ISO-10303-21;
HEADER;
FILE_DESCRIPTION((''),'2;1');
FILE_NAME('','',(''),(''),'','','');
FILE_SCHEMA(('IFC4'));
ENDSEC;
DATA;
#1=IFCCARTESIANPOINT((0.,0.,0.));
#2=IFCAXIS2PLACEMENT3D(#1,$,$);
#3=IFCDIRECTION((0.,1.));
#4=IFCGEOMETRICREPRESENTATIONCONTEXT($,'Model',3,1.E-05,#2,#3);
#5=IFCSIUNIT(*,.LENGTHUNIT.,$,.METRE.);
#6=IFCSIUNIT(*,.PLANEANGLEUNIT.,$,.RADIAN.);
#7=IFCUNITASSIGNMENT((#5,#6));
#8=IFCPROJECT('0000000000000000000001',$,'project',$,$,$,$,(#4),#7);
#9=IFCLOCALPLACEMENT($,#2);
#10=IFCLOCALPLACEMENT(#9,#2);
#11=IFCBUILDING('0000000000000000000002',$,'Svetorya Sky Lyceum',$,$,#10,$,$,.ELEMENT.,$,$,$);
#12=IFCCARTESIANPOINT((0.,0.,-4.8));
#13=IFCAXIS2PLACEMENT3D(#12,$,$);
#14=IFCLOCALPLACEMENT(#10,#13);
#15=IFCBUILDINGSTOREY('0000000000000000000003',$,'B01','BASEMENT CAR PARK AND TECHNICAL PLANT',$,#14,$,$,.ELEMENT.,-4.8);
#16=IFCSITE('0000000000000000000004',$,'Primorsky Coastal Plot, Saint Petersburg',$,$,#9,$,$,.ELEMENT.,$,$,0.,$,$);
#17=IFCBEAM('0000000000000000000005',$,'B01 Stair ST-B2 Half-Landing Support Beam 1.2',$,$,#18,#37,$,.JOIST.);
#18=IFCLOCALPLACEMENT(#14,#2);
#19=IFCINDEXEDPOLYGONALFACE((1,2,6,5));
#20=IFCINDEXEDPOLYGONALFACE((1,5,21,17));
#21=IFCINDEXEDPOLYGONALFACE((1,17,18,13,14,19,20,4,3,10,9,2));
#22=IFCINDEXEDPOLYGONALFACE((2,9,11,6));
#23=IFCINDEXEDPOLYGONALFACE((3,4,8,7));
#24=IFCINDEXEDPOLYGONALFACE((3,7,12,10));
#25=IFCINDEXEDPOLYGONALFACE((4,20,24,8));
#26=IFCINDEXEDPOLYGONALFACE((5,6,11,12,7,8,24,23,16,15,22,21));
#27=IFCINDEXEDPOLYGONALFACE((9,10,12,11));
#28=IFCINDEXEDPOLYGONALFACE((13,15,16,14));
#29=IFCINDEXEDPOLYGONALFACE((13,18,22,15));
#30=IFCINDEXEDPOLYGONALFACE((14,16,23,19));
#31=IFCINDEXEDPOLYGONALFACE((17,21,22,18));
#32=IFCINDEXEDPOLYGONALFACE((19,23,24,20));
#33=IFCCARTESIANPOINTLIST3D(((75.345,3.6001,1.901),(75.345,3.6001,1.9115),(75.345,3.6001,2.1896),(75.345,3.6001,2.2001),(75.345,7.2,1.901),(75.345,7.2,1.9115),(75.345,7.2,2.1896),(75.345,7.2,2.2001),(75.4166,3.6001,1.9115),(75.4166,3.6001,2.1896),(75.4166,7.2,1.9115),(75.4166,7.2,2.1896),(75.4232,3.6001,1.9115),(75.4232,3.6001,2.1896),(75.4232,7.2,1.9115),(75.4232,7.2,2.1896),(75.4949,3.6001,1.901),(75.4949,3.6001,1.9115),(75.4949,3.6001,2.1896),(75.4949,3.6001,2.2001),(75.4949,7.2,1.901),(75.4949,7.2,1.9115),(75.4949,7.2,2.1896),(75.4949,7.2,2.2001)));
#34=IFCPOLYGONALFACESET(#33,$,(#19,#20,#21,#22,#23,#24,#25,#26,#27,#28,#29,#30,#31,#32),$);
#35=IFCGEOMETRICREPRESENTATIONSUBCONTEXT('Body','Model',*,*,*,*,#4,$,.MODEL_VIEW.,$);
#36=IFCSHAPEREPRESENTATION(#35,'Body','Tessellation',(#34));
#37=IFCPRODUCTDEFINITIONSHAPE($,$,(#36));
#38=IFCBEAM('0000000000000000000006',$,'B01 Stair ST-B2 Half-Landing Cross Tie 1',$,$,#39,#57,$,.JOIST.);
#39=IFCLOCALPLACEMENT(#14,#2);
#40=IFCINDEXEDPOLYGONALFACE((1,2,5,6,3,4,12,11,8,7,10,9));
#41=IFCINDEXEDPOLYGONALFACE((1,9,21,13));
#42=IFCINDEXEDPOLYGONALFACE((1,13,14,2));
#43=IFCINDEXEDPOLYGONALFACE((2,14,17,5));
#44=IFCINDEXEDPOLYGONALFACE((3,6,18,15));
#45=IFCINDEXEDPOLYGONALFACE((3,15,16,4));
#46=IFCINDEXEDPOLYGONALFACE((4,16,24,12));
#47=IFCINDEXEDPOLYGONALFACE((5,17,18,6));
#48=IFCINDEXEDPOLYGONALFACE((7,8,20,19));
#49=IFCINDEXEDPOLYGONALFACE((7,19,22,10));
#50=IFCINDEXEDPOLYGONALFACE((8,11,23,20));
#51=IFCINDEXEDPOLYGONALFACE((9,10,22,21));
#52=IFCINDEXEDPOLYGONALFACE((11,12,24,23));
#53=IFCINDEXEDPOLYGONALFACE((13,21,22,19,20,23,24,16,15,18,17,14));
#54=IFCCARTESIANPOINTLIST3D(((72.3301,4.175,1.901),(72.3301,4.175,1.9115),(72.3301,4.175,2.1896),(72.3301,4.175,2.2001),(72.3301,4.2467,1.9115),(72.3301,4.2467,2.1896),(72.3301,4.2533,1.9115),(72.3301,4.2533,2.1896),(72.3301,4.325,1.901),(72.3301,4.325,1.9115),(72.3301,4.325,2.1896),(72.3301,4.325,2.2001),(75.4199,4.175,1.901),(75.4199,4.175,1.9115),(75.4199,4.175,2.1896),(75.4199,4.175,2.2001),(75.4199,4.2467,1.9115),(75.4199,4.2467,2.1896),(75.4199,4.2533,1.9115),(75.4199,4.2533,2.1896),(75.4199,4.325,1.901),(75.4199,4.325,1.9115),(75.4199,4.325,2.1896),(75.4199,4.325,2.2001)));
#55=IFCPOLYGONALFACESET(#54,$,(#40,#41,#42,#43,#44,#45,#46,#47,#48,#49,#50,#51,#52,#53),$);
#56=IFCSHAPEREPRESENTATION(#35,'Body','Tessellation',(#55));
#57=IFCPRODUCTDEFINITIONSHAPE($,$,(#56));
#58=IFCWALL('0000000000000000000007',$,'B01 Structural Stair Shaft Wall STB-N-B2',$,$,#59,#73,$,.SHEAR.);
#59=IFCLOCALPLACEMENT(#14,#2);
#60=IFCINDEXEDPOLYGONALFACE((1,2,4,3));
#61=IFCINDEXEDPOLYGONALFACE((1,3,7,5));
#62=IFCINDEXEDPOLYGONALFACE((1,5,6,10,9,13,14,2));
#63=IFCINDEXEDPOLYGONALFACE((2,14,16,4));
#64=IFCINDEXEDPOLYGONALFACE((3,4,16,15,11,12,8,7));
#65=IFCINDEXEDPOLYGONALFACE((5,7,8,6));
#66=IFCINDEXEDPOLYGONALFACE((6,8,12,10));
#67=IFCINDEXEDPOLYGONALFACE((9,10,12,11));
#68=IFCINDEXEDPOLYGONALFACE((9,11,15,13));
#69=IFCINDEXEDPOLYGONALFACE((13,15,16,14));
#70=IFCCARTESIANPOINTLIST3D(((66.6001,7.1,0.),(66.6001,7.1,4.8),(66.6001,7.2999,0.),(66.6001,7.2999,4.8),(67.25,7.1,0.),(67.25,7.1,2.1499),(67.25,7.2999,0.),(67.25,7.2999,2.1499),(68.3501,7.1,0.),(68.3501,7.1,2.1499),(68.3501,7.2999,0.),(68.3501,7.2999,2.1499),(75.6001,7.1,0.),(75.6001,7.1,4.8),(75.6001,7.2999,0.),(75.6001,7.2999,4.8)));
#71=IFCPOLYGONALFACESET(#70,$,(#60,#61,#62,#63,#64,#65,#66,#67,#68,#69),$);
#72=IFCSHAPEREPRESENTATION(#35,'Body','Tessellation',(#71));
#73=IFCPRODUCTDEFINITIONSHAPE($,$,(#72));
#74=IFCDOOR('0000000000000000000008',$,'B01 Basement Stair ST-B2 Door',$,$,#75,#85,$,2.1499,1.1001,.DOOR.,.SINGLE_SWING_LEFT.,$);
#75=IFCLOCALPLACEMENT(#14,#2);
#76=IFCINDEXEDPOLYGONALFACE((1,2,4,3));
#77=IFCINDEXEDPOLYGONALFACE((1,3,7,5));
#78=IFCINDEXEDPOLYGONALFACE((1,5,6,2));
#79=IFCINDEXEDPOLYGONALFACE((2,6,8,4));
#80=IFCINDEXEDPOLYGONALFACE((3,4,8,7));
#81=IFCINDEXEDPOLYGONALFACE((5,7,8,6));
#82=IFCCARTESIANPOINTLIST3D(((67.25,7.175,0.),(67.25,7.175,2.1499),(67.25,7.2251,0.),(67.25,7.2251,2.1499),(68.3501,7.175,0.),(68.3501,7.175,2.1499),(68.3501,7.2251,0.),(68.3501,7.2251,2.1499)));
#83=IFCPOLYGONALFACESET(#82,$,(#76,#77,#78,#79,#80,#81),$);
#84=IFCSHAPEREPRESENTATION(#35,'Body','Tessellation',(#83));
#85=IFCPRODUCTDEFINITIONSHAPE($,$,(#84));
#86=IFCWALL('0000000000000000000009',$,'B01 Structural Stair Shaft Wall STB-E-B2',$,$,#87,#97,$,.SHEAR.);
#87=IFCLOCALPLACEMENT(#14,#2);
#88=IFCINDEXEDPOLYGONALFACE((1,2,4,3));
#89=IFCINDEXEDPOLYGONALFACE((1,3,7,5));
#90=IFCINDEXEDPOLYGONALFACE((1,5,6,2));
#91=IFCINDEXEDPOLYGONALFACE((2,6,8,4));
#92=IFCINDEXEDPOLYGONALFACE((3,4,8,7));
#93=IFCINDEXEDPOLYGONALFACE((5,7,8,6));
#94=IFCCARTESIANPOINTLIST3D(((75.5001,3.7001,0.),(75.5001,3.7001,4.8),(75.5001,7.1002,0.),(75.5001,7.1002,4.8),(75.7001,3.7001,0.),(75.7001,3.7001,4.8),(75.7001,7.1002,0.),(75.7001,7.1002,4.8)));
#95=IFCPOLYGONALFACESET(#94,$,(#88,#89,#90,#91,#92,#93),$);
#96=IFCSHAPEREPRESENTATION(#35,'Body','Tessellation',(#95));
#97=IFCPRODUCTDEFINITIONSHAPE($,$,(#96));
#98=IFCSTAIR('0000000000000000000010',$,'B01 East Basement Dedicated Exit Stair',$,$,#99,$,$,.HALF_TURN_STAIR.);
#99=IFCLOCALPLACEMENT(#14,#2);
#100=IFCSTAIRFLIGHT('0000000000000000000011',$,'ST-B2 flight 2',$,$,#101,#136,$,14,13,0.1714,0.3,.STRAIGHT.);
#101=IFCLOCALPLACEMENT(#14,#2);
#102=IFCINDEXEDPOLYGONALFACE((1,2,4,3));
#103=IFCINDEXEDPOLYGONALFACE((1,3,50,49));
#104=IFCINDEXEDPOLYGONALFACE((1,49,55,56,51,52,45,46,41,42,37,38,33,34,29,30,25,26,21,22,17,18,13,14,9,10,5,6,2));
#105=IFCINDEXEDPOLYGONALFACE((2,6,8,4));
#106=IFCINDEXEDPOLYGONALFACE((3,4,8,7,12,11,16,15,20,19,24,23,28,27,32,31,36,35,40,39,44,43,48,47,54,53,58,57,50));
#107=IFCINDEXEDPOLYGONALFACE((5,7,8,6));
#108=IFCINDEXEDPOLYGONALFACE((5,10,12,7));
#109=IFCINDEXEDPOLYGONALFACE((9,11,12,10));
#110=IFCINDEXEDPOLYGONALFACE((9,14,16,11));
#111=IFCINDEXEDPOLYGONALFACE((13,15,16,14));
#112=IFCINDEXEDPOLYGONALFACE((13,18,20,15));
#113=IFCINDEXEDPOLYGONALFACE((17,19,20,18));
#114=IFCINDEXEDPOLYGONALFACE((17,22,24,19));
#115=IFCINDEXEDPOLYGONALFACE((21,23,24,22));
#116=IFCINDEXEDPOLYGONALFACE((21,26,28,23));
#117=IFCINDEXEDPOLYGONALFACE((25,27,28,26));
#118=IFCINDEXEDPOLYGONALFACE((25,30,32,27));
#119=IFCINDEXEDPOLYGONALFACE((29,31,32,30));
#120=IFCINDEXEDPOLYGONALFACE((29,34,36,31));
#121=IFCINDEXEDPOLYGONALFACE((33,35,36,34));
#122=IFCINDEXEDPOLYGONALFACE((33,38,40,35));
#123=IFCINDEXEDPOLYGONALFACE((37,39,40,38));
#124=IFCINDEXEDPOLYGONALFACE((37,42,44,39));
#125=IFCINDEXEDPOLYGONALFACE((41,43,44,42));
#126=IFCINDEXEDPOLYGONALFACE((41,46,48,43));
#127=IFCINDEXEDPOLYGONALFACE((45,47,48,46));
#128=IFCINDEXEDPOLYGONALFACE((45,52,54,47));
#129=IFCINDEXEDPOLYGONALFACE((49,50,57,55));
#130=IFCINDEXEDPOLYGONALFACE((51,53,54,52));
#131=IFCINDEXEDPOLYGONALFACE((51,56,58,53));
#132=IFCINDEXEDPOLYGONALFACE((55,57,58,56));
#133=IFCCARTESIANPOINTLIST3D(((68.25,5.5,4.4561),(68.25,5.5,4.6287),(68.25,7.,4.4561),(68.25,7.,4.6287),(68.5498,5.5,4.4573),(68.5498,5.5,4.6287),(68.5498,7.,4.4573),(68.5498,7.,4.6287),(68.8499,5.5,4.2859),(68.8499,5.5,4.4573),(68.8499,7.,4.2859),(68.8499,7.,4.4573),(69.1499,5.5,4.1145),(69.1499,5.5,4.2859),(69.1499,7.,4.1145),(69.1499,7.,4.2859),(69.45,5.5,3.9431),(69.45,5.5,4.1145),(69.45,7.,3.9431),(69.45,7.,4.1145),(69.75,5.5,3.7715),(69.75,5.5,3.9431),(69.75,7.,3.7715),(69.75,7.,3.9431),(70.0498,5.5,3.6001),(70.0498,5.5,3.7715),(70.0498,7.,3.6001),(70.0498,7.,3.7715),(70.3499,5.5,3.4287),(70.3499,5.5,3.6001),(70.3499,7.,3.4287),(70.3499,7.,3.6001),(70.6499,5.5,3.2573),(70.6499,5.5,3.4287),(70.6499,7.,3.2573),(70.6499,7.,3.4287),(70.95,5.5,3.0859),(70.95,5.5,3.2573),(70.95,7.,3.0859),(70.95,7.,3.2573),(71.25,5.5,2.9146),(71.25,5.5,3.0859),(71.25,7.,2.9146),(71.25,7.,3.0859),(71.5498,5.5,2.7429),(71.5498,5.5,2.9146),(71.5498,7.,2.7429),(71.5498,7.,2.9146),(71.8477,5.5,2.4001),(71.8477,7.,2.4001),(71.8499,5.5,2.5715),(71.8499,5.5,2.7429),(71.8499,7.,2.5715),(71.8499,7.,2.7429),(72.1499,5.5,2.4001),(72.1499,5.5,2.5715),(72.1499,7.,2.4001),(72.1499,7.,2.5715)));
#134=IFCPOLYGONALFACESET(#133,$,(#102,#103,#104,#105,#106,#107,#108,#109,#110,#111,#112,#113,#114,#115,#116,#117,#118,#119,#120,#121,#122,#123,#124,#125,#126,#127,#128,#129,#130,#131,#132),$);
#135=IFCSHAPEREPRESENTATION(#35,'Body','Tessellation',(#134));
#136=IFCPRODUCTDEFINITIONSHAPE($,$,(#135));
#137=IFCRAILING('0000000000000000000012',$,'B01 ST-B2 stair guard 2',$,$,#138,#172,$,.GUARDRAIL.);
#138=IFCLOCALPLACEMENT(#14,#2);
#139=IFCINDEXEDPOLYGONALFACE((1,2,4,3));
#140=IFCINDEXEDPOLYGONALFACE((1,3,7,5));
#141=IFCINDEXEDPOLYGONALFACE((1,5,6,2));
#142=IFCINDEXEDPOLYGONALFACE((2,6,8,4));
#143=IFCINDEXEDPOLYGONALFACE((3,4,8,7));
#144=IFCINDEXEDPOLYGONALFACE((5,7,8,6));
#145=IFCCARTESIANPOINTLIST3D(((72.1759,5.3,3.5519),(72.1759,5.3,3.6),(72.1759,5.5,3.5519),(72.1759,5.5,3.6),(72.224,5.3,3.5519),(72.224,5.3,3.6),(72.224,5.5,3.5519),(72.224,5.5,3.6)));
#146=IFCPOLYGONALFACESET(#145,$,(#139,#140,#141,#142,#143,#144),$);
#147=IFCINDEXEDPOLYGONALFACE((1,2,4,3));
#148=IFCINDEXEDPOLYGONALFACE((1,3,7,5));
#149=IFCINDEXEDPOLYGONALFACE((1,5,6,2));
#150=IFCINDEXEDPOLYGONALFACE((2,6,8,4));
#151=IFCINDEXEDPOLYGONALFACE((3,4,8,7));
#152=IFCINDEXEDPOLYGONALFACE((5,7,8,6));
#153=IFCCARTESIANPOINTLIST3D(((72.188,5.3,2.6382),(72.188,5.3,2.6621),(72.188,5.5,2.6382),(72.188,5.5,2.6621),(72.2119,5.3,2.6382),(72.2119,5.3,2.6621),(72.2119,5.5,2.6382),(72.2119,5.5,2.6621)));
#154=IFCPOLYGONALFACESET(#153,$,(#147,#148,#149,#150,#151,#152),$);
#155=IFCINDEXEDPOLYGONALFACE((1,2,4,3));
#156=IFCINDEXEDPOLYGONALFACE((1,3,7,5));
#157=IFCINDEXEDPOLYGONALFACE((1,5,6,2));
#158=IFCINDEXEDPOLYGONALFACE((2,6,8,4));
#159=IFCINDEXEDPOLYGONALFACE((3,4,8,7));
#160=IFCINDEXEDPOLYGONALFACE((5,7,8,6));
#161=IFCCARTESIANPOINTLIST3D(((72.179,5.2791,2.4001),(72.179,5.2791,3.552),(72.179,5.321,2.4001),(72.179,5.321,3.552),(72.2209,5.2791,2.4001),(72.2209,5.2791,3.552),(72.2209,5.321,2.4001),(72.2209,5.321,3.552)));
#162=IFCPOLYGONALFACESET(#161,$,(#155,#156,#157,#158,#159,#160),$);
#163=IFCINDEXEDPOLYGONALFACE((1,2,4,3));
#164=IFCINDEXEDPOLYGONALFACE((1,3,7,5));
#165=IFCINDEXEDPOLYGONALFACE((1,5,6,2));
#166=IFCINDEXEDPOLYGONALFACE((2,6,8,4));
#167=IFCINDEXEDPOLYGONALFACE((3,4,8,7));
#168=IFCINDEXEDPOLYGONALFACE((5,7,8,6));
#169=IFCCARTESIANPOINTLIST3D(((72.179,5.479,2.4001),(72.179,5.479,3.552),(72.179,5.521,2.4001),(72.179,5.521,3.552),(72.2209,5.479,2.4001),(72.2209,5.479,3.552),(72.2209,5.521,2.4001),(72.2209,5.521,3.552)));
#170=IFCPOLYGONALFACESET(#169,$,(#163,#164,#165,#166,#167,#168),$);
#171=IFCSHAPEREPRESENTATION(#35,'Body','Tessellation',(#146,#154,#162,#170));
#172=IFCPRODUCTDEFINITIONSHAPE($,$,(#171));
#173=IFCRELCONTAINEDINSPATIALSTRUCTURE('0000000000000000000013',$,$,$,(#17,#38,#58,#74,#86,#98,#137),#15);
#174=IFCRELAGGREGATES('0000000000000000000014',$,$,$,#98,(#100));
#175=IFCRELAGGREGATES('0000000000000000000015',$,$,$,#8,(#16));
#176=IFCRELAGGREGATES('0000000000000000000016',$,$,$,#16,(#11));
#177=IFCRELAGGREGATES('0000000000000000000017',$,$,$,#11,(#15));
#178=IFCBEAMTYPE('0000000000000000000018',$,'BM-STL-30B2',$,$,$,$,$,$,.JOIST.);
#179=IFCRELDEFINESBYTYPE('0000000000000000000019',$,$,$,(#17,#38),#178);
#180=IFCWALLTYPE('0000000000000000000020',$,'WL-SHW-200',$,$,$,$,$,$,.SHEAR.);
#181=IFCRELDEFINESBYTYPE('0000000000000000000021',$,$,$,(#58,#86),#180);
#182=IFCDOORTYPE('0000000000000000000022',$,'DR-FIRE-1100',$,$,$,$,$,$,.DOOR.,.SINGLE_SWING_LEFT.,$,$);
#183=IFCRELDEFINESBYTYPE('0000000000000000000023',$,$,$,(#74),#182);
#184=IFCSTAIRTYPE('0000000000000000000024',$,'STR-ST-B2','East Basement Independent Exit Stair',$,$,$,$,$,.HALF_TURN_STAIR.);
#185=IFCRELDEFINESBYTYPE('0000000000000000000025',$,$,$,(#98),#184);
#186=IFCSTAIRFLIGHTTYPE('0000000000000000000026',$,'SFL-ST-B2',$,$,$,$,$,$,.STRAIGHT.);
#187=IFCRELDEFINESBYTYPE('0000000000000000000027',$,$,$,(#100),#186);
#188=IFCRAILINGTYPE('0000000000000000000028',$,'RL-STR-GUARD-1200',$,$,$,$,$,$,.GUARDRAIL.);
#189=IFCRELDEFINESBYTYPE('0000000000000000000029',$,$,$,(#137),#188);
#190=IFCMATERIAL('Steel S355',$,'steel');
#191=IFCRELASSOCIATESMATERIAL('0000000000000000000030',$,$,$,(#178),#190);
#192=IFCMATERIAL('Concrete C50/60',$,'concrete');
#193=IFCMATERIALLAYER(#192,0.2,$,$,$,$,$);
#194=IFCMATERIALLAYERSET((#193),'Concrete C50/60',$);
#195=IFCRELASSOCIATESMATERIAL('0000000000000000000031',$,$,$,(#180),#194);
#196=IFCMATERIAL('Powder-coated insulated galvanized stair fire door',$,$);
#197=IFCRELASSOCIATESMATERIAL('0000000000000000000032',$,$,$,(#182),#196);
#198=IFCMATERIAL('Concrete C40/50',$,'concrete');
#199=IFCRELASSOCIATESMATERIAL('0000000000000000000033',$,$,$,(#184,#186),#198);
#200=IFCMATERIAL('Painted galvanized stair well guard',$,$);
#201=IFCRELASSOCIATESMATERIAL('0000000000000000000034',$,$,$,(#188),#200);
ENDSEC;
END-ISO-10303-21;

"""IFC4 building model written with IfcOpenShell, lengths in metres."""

from ifc_helpers import new_model, si_unit, direction, frame, frame_2d, origin, origin_2d, place, context, subcontext, project, spatial, polyline, rectangle, i_section, outline, extrude, material, layer, layer_set, material_profile, profile_set, type_object, element, fill, aggregate, save


model = new_model("IFC4")

# Units and contexts
model_context = context("Model", 3, precision=1e-05, world=origin(), true_north=direction((0.0, 1.0)))
body_context = subcontext(model_context, "Body", "Model", "MODEL_VIEW")
ifc_project = project(units=[si_unit("LENGTHUNIT", "METRE"), si_unit("PLANEANGLEUNIT", "RADIAN")], contexts=[model_context])

# Site, building, storey
site_placement = place(None, origin())
site = spatial("IfcSite", under=ifc_project, at=site_placement, Name="Primorsky Coastal Plot, Saint Petersburg", CompositionType="ELEMENT", RefElevation=0.0)
building_placement = place(site_placement, origin())
building = spatial("IfcBuilding", under=site, at=building_placement, Name="Svetorya Sky Lyceum", CompositionType="ELEMENT")
storey_placement = place(building_placement, frame((0.0, 0.0, -4.8)))
storey = spatial("IfcBuildingStorey", under=building, at=storey_placement, Name="B01", Description="BASEMENT CAR PARK AND TECHNICAL PLANT", CompositionType="ELEMENT", Elevation=-4.8)

# Shared definitions
ifc_material_1 = material(Name="Concrete C40/50", Category="concrete")

# Beams
ifc_material_2 = material(Name="Concrete C50/60", Category="concrete")
ifc_material_3 = material(Name="Steel S355", Category="steel")
ifc_material_profile_1 = material_profile(ifc_material_3, i_section(OverallWidth=0.1499, OverallDepth=0.2991, WebThickness=0.0066, FlangeThickness=0.0105, at=origin_2d()), Name="GOST 30B2")
ifc_profile_set_1 = profile_set([ifc_material_profile_1], Name="Steel S355")
beam_type_1 = type_object("IfcBeamType", Name="BM-STL-30B2", PredefinedType="JOIST", material=ifc_profile_set_1)
for number, where, z_axis, x_axis, name in (
    (1, (75.4199, 3.6001, 2.0505), (0.0, 1.0, 0.0), (-1.0, 0.0, 0.0), "B01 Stair ST-B2 Half-Landing Support Beam 1.2"),
):
    element("IfcBeam", number, at=place(storey_placement, frame(where, z_axis=z_axis, x_axis=x_axis)), inside=storey, type_object=beam_type_1, Name=name, PredefinedType="JOIST", context=body_context, shape_type="SweptSolid", body=[
        extrude(i_section(OverallWidth=0.1499, OverallDepth=0.2991, WebThickness=0.0066, FlangeThickness=0.0105, at=origin_2d()), origin(), (0.0, 0.0, 1.0), 3.5999),
    ])
beam_1_placement = place(storey_placement, frame((72.3301, 4.25, 2.0505), z_axis=(1.0, 0.0, 0.0), x_axis=(0.0, 1.0, 0.0)))
element("IfcBeam", 2, at=beam_1_placement, inside=storey, type_object=beam_type_1, Name="B01 Stair ST-B2 Half-Landing Cross Tie 1", PredefinedType="JOIST", context=body_context, shape_type="SweptSolid", body=[
    extrude(i_section(OverallWidth=0.1499, OverallDepth=0.2991, WebThickness=0.0066, FlangeThickness=0.0105, at=origin_2d()), origin(), (0.0, 0.0, 1.0), 3.0898),
])

# Wall, opening, door
ifc_layer = layer(ifc_material_2, 0.2)
ifc_layer_set = layer_set([ifc_layer], Name="Concrete C50/60")
wall_type = type_object("IfcWallType", Name="WL-SHW-200", PredefinedType="SHEAR", material=ifc_layer_set)
wall_1_placement = place(storey_placement, frame((75.6001, 7.2, 0.0), z_axis=(0.0, 0.0, 1.0), x_axis=(-1.0, 0.0, 0.0)))
wall_1 = element("IfcWall", 3, at=wall_1_placement, inside=storey, type_object=wall_type, Name="B01 Structural Stair Shaft Wall STB-N-B2", PredefinedType="SHEAR", context=body_context, shape_type="SweptSolid", body=[
    extrude(rectangle(XDim=9.0, YDim=0.2, at=frame_2d((4.5, 0.0))), origin(), (0.0, 0.0, 1.0), 4.8),
])
opening_placement = place(wall_1_placement, frame((7.25, 0.0, 0.0)))
opening = element("IfcOpeningElement", 4, at=opening_placement, cuts=wall_1, PredefinedType="OPENING", context=body_context, shape_type="SweptSolid", body=[
    extrude(rectangle(XDim=1.1001, YDim=2.1499, at=frame_2d((0.55, 1.075))), frame((0.0, 0.1099, 0.0), z_axis=(0.0, -1.0, 0.0), x_axis=(1.0, 0.0, 0.0)), (0.0, 0.0, 1.0), 0.22),
])
ifc_material_4 = material(Name="Powder-coated insulated galvanized stair fire door")
door_type = type_object("IfcDoorType", Name="DR-FIRE-1100", OperationType="SINGLE_SWING_LEFT", PredefinedType="DOOR", material=ifc_material_4)
door_placement = place(opening_placement, origin())
door = element("IfcDoor", 5, at=door_placement, inside=storey, type_object=door_type, Name="B01 Basement Stair ST-B2 Door", OperationType="SINGLE_SWING_LEFT", OverallHeight=2.1499, OverallWidth=1.1001, PredefinedType="DOOR", context=body_context, shape_type="SweptSolid", body=[
    extrude(rectangle(XDim=1.1001, YDim=2.1499, at=frame_2d((0.55, 1.075))), frame((0.0, 0.0249, 0.0), z_axis=(0.0, -1.0, 0.0), x_axis=(1.0, 0.0, 0.0)), (0.0, 0.0, 1.0), 0.05),
])
fill(opening, door)

# Wall
wall_2_placement = place(storey_placement, frame((75.6001, 3.7, 0.0), z_axis=(0.0, 0.0, 1.0), x_axis=(0.0, 1.0, 0.0)))
element("IfcWall", 6, at=wall_2_placement, inside=storey, type_object=wall_type, Name="B01 Structural Stair Shaft Wall STB-E-B2", PredefinedType="SHEAR", context=body_context, shape_type="SweptSolid", body=[
    extrude(rectangle(XDim=3.4001, YDim=0.2, at=frame_2d((1.7002, 0.0))), origin(), (0.0, 0.0, 1.0), 4.8),
])

# Stair, stair flight
stair_type = type_object("IfcStairType", Name="STR-ST-B2", Description="East Basement Independent Exit Stair", PredefinedType="HALF_TURN_STAIR", material=ifc_material_1)
stair_placement = place(storey_placement, origin())
stair = element("IfcStair", 7, at=stair_placement, inside=storey, type_object=stair_type, Name="B01 East Basement Dedicated Exit Stair", PredefinedType="HALF_TURN_STAIR")
stair_flight_type = type_object("IfcStairFlightType", Name="SFL-ST-B2", PredefinedType="STRAIGHT", material=ifc_material_1)
stair_flight_placement = place(storey_placement, frame((72.1499, 6.25, 2.4001), z_axis=(0.0, 0.0, 1.0), x_axis=(-1.0, 0.0, 0.0)))
stair_flight = element("IfcStairFlight", 8, at=stair_flight_placement, type_object=stair_flight_type, Name="ST-B2 flight 2", NumberOfRisers=14, NumberOfTreads=13, PredefinedType="STRAIGHT", RiserHeight=0.1714, TreadLength=0.3, context=body_context, shape_type="SweptSolid", body=[
    extrude(outline(polyline([(0.0, 0.0), (0.0, 0.1714), (0.3, 0.1714), (0.3, 0.3428), (0.6001, 0.3428), (0.6001, 0.5144), (0.8999, 0.5144), (0.8999, 0.6858), (1.2, 0.6858), (1.2, 0.8572), (1.5, 0.8572), (1.5, 1.0286), (1.8, 1.0286), (1.8, 1.2), (2.1001, 1.2), (2.1001, 1.3713), (2.3999, 1.3713), (2.3999, 1.543), (2.7, 1.543), (2.7, 1.7144), (3.0, 1.7144), (3.0, 1.8857), (3.3, 1.8857), (3.3, 2.0571), (3.6001, 2.0571), (3.6001, 2.2285), (3.8999, 2.2285), (3.8999, 2.3999), (3.8999, 2.0559), (0.3022, 0.0), (0.0, 0.0)])), frame((0.0, 0.75, 0.0), z_axis=(0.0, -1.0, 0.0), x_axis=(1.0, 0.0, 0.0)), (0.0, 0.0, 1.0), 1.5),
])
aggregate(stair, [stair_flight])

# Railing
ifc_material_5 = material(Name="Painted galvanized stair well guard")
railing_type_1 = type_object("IfcRailingType", Name="RL-STR-GUARD-1200", PredefinedType="GUARDRAIL", material=ifc_material_5)
railing_1_placement = place(storey_placement, frame((72.2, 5.3, 2.4001)))
element("IfcRailing", 9, at=railing_1_placement, inside=storey, type_object=railing_type_1, Name="B01 ST-B2 stair guard 2", PredefinedType="GUARDRAIL", context=body_context, shape_type="SweptSolid", body=[
    extrude(rectangle(XDim=0.0481, YDim=0.0481, at=origin_2d()), frame((0.0, 0.0, 1.1758), z_axis=(0.0, 1.0, 0.0), x_axis=(-1.0, 0.0, 0.0)), (0.0, 0.0, 1.0), 0.2),
    extrude(rectangle(XDim=0.0239, YDim=0.0239, at=origin_2d()), frame((0.0, 0.0, 0.25), z_axis=(0.0, 1.0, 0.0), x_axis=(-1.0, 0.0, 0.0)), (0.0, 0.0, 1.0), 0.2),
    extrude(rectangle(XDim=0.042, YDim=0.042, at=origin_2d()), origin(), (0.0, 0.0, 1.0), 1.1519),
    extrude(rectangle(XDim=0.042, YDim=0.042, at=origin_2d()), frame((0.0, 0.2, 0.0)), (0.0, 0.0, 1.0), 1.1519),
])

save(model, "model.ifc")
